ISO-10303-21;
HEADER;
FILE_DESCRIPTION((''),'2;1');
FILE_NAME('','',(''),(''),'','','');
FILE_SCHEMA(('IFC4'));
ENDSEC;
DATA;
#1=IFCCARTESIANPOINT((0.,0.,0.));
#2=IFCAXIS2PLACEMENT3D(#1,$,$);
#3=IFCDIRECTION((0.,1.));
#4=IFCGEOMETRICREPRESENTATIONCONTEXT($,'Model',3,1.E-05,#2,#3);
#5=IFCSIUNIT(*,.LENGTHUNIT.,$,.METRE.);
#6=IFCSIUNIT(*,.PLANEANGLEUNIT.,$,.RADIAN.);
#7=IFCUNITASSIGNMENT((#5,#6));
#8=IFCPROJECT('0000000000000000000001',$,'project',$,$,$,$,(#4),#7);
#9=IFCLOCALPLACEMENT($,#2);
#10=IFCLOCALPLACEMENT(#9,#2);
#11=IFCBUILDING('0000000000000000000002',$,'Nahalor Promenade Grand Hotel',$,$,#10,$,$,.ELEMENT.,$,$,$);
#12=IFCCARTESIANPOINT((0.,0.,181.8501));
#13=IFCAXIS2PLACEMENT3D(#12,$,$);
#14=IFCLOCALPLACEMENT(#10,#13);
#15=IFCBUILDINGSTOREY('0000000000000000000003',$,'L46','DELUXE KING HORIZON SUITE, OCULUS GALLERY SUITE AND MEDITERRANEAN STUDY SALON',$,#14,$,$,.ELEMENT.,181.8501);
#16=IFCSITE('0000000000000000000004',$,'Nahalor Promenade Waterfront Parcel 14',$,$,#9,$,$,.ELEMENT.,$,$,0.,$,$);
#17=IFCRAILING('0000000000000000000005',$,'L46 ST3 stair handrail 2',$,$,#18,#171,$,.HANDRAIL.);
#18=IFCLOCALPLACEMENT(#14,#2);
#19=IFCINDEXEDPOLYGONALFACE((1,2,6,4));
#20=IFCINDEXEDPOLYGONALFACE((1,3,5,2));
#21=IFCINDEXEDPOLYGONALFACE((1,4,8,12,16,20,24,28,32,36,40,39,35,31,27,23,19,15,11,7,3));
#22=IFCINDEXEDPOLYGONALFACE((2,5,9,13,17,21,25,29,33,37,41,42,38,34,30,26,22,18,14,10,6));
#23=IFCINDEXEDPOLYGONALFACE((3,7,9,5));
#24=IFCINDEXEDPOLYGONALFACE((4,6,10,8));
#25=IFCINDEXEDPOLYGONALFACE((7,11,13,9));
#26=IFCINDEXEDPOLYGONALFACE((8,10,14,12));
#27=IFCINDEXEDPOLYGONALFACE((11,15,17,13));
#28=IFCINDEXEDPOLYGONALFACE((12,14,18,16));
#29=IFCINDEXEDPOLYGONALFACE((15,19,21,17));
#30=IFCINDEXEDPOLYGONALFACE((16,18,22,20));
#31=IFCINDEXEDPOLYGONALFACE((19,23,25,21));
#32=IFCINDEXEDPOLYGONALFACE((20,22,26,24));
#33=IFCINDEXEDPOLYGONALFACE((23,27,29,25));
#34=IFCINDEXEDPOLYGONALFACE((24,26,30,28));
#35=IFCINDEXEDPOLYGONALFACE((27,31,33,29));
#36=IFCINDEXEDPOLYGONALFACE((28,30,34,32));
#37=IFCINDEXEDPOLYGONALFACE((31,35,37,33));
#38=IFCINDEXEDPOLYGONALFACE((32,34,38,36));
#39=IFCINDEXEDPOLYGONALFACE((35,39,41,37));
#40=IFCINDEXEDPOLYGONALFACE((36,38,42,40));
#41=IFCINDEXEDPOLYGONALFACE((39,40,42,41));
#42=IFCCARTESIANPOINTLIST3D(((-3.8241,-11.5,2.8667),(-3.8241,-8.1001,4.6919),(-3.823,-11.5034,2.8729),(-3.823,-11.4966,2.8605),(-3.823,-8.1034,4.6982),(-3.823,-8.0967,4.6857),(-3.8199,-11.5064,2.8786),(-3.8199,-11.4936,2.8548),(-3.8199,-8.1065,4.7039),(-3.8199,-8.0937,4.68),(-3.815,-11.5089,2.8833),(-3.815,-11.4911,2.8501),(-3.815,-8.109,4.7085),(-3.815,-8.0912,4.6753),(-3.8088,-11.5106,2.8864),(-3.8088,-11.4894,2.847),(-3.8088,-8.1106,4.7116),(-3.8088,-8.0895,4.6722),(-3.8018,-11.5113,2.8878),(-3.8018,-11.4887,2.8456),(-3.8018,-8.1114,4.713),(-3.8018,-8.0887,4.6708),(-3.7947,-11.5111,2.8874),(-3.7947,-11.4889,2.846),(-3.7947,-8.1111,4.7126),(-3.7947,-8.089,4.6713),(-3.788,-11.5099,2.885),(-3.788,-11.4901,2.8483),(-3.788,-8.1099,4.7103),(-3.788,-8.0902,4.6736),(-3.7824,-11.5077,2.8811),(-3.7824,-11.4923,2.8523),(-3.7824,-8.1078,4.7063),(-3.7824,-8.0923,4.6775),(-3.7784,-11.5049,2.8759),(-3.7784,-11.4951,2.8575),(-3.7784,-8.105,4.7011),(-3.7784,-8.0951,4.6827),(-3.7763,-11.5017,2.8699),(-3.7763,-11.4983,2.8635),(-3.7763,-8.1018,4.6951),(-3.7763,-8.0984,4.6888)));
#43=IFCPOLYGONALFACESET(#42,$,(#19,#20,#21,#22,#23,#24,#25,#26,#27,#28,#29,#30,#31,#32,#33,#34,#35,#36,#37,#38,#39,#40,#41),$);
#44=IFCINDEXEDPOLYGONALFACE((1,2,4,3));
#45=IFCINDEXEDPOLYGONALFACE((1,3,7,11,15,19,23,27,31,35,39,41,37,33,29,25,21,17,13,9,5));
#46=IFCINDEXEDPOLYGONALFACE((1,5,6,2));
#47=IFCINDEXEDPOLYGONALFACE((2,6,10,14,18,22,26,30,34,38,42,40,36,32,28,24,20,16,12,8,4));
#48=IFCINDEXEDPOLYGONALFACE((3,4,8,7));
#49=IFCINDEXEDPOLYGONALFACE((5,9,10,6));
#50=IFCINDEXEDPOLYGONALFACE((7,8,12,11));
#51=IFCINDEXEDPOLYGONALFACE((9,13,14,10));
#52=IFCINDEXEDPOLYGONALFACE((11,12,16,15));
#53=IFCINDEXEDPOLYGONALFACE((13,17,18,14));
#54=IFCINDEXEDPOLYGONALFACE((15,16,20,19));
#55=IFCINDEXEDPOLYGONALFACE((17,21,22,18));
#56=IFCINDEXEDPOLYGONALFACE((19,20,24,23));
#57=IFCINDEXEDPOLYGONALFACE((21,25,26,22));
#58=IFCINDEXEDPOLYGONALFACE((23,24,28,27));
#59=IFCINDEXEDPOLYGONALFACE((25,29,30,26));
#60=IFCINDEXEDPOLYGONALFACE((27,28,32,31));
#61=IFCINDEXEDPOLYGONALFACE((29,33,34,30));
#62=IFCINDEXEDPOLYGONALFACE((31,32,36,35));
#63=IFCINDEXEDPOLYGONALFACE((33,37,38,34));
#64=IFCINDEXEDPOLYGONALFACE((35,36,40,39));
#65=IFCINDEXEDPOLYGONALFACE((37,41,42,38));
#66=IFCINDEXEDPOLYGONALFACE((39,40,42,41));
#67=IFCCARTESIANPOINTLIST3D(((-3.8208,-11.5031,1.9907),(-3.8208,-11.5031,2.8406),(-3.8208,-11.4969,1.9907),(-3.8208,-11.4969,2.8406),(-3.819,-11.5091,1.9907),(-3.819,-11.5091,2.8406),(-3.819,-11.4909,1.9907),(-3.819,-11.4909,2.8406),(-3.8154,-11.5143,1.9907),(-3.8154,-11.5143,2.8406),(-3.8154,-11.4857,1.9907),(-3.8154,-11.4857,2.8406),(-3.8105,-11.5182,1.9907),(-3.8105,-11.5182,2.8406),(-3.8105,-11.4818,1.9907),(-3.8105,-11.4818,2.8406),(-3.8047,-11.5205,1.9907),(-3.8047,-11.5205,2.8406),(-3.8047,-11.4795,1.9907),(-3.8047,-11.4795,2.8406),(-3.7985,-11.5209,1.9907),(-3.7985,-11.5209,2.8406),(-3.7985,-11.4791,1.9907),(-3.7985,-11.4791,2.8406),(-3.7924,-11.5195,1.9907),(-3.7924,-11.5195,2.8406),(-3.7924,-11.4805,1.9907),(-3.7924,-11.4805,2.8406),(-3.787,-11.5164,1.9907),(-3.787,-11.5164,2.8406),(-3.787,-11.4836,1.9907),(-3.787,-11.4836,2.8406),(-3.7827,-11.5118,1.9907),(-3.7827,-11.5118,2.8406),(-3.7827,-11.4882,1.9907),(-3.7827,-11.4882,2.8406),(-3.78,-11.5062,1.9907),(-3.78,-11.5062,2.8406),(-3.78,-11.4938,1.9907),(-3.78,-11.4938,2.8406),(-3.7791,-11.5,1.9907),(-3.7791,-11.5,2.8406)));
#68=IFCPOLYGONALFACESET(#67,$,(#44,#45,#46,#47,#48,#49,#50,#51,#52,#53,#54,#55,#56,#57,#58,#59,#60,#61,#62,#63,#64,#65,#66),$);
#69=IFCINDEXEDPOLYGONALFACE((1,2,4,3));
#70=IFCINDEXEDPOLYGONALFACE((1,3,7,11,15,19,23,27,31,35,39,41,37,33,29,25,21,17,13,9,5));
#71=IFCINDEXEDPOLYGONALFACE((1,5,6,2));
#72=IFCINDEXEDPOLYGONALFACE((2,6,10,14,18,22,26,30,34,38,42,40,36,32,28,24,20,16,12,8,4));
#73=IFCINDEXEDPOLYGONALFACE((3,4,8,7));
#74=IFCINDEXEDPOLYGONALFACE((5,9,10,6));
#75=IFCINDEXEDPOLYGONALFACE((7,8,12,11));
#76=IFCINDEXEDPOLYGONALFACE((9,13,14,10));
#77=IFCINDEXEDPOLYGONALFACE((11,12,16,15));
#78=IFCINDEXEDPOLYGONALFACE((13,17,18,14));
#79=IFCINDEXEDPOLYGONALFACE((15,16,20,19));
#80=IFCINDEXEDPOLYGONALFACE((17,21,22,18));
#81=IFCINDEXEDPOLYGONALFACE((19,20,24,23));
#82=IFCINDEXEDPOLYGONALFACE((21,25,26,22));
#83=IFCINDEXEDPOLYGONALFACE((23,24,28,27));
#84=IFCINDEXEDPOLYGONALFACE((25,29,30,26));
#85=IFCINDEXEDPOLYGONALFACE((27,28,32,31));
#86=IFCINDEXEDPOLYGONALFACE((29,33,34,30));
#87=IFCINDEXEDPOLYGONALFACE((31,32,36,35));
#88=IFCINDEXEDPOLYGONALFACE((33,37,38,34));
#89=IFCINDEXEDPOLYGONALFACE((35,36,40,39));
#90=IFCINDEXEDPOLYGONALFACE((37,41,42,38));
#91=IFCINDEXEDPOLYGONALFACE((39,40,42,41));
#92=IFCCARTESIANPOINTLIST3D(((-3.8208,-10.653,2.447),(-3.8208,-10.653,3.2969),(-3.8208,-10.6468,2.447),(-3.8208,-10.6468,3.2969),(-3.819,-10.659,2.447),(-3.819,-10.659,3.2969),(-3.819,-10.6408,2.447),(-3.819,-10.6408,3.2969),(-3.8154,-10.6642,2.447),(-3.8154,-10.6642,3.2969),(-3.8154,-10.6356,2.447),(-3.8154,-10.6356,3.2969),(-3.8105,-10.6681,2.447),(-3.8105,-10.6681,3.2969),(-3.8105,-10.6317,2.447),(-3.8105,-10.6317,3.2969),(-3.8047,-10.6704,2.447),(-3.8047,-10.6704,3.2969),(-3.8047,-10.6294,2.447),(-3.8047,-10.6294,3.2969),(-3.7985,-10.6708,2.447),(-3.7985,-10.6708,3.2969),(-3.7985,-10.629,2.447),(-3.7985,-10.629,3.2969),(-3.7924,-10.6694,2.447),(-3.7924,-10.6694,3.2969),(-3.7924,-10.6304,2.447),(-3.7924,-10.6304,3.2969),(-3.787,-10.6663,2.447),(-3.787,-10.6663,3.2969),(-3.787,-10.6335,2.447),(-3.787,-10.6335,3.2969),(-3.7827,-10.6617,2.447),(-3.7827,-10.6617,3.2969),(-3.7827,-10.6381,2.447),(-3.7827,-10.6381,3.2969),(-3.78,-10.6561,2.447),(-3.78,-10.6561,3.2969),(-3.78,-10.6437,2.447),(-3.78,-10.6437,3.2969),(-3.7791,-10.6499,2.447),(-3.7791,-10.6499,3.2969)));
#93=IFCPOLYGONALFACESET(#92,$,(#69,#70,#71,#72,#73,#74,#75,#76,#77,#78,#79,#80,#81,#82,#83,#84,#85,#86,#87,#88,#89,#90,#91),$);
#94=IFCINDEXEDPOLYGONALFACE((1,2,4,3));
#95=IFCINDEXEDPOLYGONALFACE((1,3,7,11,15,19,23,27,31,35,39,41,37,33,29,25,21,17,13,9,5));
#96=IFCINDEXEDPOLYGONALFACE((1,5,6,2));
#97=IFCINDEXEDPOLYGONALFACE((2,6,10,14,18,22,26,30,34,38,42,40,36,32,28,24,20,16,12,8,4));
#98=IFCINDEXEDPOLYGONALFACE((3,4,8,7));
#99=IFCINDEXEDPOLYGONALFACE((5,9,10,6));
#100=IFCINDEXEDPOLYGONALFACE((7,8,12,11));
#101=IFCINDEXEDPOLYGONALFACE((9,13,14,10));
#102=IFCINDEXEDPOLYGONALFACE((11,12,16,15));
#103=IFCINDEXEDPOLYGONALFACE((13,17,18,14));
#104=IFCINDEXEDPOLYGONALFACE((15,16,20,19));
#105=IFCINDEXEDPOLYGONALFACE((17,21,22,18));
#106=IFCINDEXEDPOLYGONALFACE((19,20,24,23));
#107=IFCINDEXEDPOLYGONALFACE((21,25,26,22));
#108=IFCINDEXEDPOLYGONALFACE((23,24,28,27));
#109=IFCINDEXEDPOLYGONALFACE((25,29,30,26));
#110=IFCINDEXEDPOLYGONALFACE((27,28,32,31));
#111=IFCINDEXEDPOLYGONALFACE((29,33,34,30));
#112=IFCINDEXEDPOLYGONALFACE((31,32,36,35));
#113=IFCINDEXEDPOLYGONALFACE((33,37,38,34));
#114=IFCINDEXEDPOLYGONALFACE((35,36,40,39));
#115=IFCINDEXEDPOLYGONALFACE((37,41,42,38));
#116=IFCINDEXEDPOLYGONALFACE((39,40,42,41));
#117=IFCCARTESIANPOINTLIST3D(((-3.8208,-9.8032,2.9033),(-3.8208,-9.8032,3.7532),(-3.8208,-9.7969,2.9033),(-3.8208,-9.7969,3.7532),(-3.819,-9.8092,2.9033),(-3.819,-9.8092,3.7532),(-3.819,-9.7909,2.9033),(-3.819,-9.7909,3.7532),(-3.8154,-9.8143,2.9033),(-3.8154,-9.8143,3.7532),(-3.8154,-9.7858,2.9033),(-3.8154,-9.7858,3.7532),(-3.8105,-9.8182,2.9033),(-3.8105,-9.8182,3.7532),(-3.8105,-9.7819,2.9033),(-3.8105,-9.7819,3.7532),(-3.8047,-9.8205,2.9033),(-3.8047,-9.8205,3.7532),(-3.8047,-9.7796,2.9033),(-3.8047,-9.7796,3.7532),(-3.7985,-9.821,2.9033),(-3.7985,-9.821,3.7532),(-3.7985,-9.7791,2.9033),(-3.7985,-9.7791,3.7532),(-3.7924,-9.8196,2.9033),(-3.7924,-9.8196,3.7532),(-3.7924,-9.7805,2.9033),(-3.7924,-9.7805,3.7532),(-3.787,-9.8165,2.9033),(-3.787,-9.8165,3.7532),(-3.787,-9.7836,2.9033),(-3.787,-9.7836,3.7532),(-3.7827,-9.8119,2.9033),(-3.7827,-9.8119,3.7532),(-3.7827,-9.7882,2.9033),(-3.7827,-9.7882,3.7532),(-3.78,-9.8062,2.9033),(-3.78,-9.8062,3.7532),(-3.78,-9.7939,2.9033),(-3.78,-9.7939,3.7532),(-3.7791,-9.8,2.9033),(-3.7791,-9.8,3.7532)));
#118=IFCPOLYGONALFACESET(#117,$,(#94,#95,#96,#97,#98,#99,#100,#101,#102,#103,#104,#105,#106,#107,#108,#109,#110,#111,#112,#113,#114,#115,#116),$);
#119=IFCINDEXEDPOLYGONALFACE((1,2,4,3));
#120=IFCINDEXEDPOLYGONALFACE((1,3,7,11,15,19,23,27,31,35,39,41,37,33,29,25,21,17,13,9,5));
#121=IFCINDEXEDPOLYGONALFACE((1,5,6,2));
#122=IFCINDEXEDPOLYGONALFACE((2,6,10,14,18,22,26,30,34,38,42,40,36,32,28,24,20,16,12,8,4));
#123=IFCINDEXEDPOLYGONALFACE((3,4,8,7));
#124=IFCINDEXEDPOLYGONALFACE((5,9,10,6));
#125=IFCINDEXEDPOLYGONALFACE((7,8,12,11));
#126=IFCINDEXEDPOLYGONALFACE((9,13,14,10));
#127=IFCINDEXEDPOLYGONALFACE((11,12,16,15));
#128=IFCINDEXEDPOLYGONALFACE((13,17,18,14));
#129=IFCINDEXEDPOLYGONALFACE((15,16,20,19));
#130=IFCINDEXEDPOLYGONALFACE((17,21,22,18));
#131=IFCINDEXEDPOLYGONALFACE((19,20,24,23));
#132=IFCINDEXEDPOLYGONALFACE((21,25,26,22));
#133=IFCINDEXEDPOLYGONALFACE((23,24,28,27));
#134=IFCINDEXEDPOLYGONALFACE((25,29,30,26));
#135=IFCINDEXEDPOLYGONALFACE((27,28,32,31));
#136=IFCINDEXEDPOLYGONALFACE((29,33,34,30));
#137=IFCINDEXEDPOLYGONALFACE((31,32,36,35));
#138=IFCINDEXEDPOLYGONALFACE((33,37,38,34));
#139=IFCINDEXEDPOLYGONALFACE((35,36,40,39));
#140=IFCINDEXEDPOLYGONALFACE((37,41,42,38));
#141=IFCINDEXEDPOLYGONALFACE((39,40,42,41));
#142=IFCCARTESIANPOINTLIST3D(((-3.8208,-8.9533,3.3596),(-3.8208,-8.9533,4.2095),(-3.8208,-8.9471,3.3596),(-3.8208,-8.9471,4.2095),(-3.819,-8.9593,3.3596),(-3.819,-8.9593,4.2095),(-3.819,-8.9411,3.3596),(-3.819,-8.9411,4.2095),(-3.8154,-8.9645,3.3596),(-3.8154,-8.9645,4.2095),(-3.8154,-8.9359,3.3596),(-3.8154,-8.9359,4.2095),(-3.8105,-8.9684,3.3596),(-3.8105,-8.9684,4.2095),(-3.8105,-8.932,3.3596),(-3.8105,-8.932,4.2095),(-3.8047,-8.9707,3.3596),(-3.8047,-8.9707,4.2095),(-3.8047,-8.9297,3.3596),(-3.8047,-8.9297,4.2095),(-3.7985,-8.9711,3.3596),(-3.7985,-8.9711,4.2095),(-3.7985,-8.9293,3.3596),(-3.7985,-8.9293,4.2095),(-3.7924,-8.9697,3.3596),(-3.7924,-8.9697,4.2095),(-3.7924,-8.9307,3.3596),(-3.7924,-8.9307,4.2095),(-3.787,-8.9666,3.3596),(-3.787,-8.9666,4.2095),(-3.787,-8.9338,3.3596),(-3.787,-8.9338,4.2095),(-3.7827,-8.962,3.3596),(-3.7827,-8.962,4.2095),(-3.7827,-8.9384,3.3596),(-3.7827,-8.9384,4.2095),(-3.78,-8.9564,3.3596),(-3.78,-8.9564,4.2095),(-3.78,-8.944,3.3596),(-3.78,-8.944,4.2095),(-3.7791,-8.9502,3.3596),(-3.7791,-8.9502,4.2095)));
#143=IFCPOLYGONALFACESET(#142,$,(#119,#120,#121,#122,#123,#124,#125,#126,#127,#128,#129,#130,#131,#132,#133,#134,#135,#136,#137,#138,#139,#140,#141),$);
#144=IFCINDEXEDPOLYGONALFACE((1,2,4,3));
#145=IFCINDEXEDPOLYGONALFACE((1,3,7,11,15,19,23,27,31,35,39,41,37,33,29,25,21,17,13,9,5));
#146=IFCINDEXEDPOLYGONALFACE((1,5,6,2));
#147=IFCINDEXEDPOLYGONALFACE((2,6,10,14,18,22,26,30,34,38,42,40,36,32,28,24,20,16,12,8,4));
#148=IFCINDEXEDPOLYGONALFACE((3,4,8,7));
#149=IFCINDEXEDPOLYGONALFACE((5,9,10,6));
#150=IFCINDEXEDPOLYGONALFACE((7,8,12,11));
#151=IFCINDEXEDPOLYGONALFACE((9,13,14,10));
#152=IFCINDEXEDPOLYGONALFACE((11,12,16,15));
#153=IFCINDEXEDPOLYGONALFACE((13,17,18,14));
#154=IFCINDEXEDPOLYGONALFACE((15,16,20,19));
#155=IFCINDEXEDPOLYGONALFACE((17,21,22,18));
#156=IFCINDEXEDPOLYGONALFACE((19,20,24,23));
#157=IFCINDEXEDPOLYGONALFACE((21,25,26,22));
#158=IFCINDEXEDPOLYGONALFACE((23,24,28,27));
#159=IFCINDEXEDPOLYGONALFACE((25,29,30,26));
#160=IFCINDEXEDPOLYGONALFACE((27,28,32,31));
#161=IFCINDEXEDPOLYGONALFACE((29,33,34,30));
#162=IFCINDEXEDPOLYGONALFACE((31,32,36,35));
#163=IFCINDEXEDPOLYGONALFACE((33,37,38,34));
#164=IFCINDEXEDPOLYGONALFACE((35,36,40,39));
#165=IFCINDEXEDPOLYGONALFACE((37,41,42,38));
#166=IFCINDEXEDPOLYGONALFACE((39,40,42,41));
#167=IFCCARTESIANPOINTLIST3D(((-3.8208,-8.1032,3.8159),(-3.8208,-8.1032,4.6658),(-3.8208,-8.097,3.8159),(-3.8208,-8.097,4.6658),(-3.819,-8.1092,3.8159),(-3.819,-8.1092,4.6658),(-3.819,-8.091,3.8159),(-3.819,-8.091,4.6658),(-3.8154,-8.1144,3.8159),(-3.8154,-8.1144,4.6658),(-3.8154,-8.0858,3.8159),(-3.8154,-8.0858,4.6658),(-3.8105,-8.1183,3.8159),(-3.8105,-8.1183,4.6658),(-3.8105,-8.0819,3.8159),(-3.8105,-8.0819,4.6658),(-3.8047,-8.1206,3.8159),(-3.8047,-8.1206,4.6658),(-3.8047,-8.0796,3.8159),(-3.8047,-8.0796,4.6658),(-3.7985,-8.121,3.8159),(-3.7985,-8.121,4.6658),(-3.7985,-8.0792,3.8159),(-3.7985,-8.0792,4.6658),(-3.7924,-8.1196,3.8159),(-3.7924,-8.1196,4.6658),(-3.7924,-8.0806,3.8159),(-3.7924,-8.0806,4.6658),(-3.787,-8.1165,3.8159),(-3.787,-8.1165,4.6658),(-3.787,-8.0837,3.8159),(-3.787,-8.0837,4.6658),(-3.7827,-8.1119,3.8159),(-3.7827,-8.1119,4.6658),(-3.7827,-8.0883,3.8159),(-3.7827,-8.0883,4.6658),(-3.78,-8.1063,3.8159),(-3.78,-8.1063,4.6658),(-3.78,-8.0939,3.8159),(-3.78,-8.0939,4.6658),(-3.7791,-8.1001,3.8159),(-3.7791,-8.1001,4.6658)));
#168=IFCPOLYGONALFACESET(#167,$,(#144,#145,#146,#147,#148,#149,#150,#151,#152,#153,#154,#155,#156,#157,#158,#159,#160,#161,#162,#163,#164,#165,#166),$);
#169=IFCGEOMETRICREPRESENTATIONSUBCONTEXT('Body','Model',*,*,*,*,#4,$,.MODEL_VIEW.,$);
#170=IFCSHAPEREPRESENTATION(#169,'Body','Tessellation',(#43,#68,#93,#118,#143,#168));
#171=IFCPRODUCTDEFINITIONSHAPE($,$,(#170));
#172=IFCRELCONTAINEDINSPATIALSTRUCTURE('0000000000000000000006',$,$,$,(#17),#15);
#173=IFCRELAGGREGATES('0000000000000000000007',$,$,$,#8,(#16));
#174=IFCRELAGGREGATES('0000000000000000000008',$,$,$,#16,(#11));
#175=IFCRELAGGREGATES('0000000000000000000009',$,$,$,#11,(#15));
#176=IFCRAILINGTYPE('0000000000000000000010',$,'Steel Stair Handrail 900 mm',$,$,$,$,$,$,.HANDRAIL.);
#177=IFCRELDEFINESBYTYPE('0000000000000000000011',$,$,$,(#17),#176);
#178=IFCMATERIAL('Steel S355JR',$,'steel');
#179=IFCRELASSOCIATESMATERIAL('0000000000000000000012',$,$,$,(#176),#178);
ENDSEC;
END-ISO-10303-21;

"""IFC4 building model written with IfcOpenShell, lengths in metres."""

from ifc_helpers import new_model, si_unit, direction, frame, origin, origin_2d, place, context, subcontext, project, spatial, circle, extrude, material, type_object, element, save


model = new_model("IFC4")

# Units and contexts
model_context = context("Model", 3, precision=1e-05, world=origin(), true_north=direction((0.0, 1.0)))
body_context = subcontext(model_context, "Body", "Model", "MODEL_VIEW")
ifc_project = project(units=[si_unit("LENGTHUNIT", "METRE"), si_unit("PLANEANGLEUNIT", "RADIAN")], contexts=[model_context])

# Site, building, storey
site_placement = place(None, origin())
site = spatial("IfcSite", under=ifc_project, at=site_placement, Name="Nahalor Promenade Waterfront Parcel 14", CompositionType="ELEMENT", RefElevation=0.0)
building_placement = place(site_placement, origin())
building = spatial("IfcBuilding", under=site, at=building_placement, Name="Nahalor Promenade Grand Hotel", CompositionType="ELEMENT")
storey_placement = place(building_placement, frame((0.0, 0.0, 181.8501)))
storey = spatial("IfcBuildingStorey", under=building, at=storey_placement, Name="L46", Description="DELUXE KING HORIZON SUITE, OCULUS GALLERY SUITE AND MEDITERRANEAN STUDY SALON", CompositionType="ELEMENT", Elevation=181.8501)

# Shared definitions
ifc_material_1 = material(Name="Steel S355JR", Category="steel")

# Railing
railing_type_1 = type_object("IfcRailingType", Name="Steel Stair Handrail 900 mm", PredefinedType="HANDRAIL", material=ifc_material_1)
railing_1_placement = place(storey_placement, frame((-3.8, -11.5, 1.9907)))
element("IfcRailing", 1, at=railing_1_placement, inside=storey, type_object=railing_type_1, Name="L46 ST3 stair handrail 2", PredefinedType="HANDRAIL", context=body_context, shape_type="SweptSolid", body=[
    extrude(circle(Radius=0.024, at=origin_2d()), frame((0.0, 0.0, 0.876), z_axis=(0.0, 0.881068, 0.47299), x_axis=(-1.0, 0.0, 0.0)), (0.0, 0.0, 1.0), 3.8589),
    extrude(circle(Radius=0.021, at=origin_2d()), origin(), (0.0, 0.0, 1.0), 0.8499),
    extrude(circle(Radius=0.021, at=origin_2d()), frame((0.0, 0.8501, 0.4563)), (0.0, 0.0, 1.0), 0.8499),
    extrude(circle(Radius=0.021, at=origin_2d()), frame((0.0, 1.7, 0.9126)), (0.0, 0.0, 1.0), 0.8499),
    extrude(circle(Radius=0.021, at=origin_2d()), frame((0.0, 2.5498, 1.3689)), (0.0, 0.0, 1.0), 0.8499),
    extrude(circle(Radius=0.021, at=origin_2d()), frame((0.0, 3.3999, 1.8252)), (0.0, 0.0, 1.0), 0.8499),
])

save(model, "model.ifc")
